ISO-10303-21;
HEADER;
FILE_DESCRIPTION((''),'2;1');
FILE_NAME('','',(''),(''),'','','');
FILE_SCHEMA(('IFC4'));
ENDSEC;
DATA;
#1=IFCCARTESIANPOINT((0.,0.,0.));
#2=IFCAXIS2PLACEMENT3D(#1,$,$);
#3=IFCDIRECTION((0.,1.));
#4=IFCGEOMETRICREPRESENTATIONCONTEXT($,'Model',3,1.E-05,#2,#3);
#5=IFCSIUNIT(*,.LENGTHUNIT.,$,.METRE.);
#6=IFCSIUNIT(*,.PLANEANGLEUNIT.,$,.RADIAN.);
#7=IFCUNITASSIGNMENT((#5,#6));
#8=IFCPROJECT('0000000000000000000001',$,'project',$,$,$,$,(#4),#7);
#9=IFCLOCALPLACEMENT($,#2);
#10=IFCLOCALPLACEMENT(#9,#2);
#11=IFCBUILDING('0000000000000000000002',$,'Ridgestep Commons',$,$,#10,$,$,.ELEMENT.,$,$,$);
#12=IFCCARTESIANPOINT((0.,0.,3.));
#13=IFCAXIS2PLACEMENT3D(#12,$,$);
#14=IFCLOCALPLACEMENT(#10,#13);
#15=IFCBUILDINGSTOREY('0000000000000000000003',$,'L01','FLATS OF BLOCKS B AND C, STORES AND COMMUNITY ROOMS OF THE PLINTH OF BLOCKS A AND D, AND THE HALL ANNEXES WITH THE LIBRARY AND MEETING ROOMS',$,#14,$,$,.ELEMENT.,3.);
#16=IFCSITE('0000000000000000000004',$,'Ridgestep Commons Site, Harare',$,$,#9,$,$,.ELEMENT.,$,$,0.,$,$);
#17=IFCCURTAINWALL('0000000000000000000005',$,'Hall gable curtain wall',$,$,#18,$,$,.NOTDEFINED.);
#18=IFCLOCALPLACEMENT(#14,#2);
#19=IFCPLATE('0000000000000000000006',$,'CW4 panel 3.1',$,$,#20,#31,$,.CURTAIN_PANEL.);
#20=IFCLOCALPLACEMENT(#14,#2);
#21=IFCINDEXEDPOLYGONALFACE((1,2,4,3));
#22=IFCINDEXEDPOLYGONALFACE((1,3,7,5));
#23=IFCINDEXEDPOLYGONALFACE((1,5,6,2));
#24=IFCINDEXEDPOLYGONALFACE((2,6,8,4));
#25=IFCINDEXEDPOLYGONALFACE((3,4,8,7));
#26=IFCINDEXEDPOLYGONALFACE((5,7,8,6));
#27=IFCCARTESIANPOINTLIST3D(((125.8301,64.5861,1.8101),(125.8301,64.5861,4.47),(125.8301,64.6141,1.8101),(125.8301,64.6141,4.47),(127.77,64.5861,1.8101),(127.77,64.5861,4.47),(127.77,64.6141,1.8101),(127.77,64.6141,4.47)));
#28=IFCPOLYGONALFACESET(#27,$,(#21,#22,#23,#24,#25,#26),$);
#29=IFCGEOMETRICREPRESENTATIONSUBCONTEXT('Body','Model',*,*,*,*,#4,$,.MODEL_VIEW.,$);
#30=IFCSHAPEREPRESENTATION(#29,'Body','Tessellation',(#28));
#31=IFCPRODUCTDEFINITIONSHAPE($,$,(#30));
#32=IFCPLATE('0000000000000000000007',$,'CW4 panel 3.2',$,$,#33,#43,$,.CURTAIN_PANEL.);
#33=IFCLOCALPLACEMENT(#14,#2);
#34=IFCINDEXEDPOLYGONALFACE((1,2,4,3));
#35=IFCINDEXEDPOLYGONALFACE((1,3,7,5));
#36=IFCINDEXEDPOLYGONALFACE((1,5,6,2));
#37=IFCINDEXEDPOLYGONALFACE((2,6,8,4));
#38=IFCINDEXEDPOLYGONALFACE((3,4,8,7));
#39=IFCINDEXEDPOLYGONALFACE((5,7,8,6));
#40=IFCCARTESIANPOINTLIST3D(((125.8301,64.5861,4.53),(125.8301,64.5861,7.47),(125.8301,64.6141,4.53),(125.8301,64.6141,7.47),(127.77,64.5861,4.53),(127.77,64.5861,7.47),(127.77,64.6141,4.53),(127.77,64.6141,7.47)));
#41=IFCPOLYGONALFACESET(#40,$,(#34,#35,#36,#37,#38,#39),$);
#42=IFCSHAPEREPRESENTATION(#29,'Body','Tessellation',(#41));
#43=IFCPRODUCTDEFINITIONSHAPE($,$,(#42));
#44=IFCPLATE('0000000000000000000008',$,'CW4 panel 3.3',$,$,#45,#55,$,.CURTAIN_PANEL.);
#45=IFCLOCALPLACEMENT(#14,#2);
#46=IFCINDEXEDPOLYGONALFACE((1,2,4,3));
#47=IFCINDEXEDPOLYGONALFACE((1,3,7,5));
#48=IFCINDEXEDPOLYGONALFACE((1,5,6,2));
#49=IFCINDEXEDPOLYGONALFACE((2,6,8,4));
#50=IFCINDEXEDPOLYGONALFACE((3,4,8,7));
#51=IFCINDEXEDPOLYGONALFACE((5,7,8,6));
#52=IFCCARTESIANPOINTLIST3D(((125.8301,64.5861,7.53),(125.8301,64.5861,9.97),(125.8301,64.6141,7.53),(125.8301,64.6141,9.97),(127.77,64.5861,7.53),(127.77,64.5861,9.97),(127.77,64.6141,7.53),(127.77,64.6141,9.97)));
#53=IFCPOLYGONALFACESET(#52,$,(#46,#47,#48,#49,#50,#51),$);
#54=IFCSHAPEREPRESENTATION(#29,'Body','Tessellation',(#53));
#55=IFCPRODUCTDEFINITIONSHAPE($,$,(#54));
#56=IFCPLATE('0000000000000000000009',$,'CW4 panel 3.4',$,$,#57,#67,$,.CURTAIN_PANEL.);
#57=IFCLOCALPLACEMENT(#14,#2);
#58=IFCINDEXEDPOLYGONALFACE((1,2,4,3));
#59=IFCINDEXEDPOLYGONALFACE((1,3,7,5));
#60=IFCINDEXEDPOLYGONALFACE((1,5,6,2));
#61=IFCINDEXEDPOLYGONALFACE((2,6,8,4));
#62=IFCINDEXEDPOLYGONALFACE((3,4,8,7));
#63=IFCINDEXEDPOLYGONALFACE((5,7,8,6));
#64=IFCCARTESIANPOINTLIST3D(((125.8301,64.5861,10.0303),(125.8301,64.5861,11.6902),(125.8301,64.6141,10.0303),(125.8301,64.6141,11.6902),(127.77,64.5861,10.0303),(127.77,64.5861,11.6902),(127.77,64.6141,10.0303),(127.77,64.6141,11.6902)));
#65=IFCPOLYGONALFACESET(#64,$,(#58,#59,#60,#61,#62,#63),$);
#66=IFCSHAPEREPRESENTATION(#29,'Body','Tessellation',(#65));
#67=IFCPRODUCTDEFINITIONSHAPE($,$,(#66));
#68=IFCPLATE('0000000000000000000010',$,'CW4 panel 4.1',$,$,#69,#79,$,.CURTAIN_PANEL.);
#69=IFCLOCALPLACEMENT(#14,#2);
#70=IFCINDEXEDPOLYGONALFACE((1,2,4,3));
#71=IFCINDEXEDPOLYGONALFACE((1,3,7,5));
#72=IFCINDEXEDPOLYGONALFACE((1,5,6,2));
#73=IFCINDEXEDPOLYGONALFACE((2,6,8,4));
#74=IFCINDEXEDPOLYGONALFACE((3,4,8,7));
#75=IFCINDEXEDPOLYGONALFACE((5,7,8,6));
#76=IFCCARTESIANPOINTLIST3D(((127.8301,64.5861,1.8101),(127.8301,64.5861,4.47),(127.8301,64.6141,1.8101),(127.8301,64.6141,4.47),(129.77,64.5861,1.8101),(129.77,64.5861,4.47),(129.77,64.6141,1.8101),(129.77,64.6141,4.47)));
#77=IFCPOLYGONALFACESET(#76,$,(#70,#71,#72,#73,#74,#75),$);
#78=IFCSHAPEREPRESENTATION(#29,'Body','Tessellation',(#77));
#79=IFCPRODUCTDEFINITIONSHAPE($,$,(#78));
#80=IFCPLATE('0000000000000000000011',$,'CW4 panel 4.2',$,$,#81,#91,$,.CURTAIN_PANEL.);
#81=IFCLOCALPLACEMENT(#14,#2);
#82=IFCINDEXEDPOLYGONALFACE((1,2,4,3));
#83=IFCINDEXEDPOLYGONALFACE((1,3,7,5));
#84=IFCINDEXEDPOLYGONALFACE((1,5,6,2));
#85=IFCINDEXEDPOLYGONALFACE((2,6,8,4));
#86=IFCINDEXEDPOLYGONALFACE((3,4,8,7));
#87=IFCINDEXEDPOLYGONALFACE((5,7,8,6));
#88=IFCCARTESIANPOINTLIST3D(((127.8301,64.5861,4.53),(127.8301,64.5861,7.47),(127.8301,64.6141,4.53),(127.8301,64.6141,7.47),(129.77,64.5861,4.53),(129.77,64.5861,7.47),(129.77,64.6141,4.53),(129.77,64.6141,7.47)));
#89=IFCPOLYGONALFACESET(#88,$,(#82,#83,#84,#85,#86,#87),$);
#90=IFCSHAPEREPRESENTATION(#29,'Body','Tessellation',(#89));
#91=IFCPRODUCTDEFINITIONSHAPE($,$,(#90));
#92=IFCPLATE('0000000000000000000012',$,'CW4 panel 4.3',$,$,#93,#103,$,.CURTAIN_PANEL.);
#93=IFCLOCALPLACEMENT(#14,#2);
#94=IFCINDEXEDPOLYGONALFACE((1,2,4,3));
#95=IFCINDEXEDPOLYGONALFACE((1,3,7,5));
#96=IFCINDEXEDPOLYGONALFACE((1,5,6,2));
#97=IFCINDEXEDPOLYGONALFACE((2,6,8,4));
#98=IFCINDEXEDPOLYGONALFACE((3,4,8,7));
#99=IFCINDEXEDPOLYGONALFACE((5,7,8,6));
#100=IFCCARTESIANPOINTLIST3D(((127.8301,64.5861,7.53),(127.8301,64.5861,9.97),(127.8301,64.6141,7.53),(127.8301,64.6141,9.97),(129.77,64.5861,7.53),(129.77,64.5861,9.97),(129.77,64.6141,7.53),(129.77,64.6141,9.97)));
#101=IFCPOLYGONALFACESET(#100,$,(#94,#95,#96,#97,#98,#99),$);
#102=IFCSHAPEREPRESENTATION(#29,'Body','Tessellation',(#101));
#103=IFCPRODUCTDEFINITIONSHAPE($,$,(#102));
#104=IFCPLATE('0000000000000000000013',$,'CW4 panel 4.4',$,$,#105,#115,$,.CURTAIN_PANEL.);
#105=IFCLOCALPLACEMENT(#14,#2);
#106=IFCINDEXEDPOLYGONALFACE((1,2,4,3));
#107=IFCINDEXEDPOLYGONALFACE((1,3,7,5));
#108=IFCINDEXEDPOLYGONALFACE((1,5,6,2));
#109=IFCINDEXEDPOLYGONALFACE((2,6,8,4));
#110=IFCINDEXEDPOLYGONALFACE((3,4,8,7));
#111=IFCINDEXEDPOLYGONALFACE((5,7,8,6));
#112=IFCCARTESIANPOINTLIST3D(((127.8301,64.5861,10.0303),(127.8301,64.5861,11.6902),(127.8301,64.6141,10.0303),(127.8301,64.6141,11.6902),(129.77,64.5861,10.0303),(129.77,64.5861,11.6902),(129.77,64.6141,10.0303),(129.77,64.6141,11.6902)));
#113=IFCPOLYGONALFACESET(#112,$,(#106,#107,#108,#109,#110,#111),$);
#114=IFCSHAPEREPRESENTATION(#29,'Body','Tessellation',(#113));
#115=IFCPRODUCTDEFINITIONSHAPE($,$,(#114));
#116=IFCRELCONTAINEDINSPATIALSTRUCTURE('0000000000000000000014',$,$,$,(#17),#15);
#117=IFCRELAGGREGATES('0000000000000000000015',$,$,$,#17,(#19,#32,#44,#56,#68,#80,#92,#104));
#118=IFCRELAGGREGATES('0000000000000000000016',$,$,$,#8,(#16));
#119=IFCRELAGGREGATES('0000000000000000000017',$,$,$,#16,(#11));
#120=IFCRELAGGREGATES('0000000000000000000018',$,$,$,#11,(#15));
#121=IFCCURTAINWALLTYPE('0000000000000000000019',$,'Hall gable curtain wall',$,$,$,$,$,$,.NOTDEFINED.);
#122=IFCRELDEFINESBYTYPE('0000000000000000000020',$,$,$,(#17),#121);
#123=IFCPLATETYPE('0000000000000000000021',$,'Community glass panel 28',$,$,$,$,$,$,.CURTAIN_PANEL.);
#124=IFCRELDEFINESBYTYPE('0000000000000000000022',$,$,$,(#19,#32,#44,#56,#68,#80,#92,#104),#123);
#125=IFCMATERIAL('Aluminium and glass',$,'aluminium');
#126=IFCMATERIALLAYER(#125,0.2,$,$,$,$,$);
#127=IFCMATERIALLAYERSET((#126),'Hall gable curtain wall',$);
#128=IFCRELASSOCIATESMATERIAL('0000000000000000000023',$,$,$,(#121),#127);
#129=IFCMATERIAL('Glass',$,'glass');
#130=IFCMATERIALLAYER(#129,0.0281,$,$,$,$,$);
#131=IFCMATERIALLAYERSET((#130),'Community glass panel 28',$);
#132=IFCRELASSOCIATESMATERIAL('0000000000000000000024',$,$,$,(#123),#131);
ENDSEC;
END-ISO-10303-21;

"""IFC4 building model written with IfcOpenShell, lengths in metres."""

from ifc_helpers import new_model, si_unit, direction, frame, origin, origin_2d, place, context, subcontext, project, spatial, rectangle, extrude, material, layer, layer_set, type_object, element, aggregate, save


model = new_model("IFC4")

# Units and contexts
model_context = context("Model", 3, precision=1e-05, world=origin(), true_north=direction((0.0, 1.0)))
body_context = subcontext(model_context, "Body", "Model", "MODEL_VIEW")
ifc_project = project(units=[si_unit("LENGTHUNIT", "METRE"), si_unit("PLANEANGLEUNIT", "RADIAN")], contexts=[model_context])

# Site, building, storey
site_placement = place(None, origin())
site = spatial("IfcSite", under=ifc_project, at=site_placement, Name="Ridgestep Commons Site, Harare", CompositionType="ELEMENT", RefElevation=0.0)
building_placement = place(site_placement, origin())
building = spatial("IfcBuilding", under=site, at=building_placement, Name="Ridgestep Commons", CompositionType="ELEMENT")
storey_placement = place(building_placement, frame((0.0, 0.0, 3.0)))
storey = spatial("IfcBuildingStorey", under=building, at=storey_placement, Name="L01", Description="FLATS OF BLOCKS B AND C, STORES AND COMMUNITY ROOMS OF THE PLINTH OF BLOCKS A AND D, AND THE HALL ANNEXES WITH THE LIBRARY AND MEETING ROOMS", CompositionType="ELEMENT", Elevation=3.0)

# Curtain wall, plates
ifc_material_1 = material(Name="Aluminium and glass", Category="aluminium")
ifc_layer_1 = layer(ifc_material_1, 0.2)
ifc_layer_set_1 = layer_set([ifc_layer_1], Name="Hall gable curtain wall")
curtain_wall_type = type_object("IfcCurtainWallType", Name="Hall gable curtain wall", PredefinedType="NOTDEFINED", material=ifc_layer_set_1)
curtain_wall_placement = place(storey_placement, origin())
curtain_wall = element("IfcCurtainWall", 1, at=curtain_wall_placement, inside=storey, type_object=curtain_wall_type, Name="Hall gable curtain wall", PredefinedType="NOTDEFINED")
ifc_material_2 = material(Name="Glass", Category="glass")
ifc_layer_2 = layer(ifc_material_2, 0.0281)
ifc_layer_set_2 = layer_set([ifc_layer_2], Name="Community glass panel 28")
plate_type = type_object("IfcPlateType", Name="Community glass panel 28", PredefinedType="CURTAIN_PANEL", material=ifc_layer_set_2)
plate_1_placement = place(storey_placement, frame((126.8, 64.6001, 1.8101), z_axis=(0.0, 0.0, 1.0), x_axis=(1.0, 0.0, 0.0)))
plate_1 = element("IfcPlate", 2, at=plate_1_placement, type_object=plate_type, Name="CW4 panel 3.1", PredefinedType="CURTAIN_PANEL", context=body_context, shape_type="SweptSolid", body=[
    extrude(rectangle(XDim=1.9399, YDim=0.0281, at=origin_2d()), origin(), (0.0, 0.0, 1.0), 2.6599),
])
plate_2_placement = place(storey_placement, frame((126.8, 64.6001, 4.53), z_axis=(0.0, 0.0, 1.0), x_axis=(1.0, 0.0, 0.0)))
plate_2 = element("IfcPlate", 3, at=plate_2_placement, type_object=plate_type, Name="CW4 panel 3.2", PredefinedType="CURTAIN_PANEL", context=body_context, shape_type="SweptSolid", body=[
    extrude(rectangle(XDim=1.9399, YDim=0.0281, at=origin_2d()), origin(), (0.0, 0.0, 1.0), 2.9399),
])
plate_3_placement = place(storey_placement, frame((126.8, 64.6001, 7.53), z_axis=(0.0, 0.0, 1.0), x_axis=(1.0, 0.0, 0.0)))
plate_3 = element("IfcPlate", 4, at=plate_3_placement, type_object=plate_type, Name="CW4 panel 3.3", PredefinedType="CURTAIN_PANEL", context=body_context, shape_type="SweptSolid", body=[
    extrude(rectangle(XDim=1.9399, YDim=0.0281, at=origin_2d()), origin(), (0.0, 0.0, 1.0), 2.4399),
])
plate_4_placement = place(storey_placement, frame((126.8, 64.6001, 10.0303), z_axis=(0.0, 0.0, 1.0), x_axis=(1.0, 0.0, 0.0)))
plate_4 = element("IfcPlate", 5, at=plate_4_placement, type_object=plate_type, Name="CW4 panel 3.4", PredefinedType="CURTAIN_PANEL", context=body_context, shape_type="SweptSolid", body=[
    extrude(rectangle(XDim=1.9399, YDim=0.0281, at=origin_2d()), origin(), (0.0, 0.0, 1.0), 1.6599),
])
plate_5_placement = place(storey_placement, frame((128.8, 64.6001, 1.8101), z_axis=(0.0, 0.0, 1.0), x_axis=(1.0, 0.0, 0.0)))
plate_5 = element("IfcPlate", 6, at=plate_5_placement, type_object=plate_type, Name="CW4 panel 4.1", PredefinedType="CURTAIN_PANEL", context=body_context, shape_type="SweptSolid", body=[
    extrude(rectangle(XDim=1.9399, YDim=0.0281, at=origin_2d()), origin(), (0.0, 0.0, 1.0), 2.6599),
])
plate_6_placement = place(storey_placement, frame((128.8, 64.6001, 4.53), z_axis=(0.0, 0.0, 1.0), x_axis=(1.0, 0.0, 0.0)))
plate_6 = element("IfcPlate", 7, at=plate_6_placement, type_object=plate_type, Name="CW4 panel 4.2", PredefinedType="CURTAIN_PANEL", context=body_context, shape_type="SweptSolid", body=[
    extrude(rectangle(XDim=1.9399, YDim=0.0281, at=origin_2d()), origin(), (0.0, 0.0, 1.0), 2.9399),
])
plate_7_placement = place(storey_placement, frame((128.8, 64.6001, 7.53), z_axis=(0.0, 0.0, 1.0), x_axis=(1.0, 0.0, 0.0)))
plate_7 = element("IfcPlate", 8, at=plate_7_placement, type_object=plate_type, Name="CW4 panel 4.3", PredefinedType="CURTAIN_PANEL", context=body_context, shape_type="SweptSolid", body=[
    extrude(rectangle(XDim=1.9399, YDim=0.0281, at=origin_2d()), origin(), (0.0, 0.0, 1.0), 2.4399),
])
plate_8_placement = place(storey_placement, frame((128.8, 64.6001, 10.0303), z_axis=(0.0, 0.0, 1.0), x_axis=(1.0, 0.0, 0.0)))
plate_8 = element("IfcPlate", 9, at=plate_8_placement, type_object=plate_type, Name="CW4 panel 4.4", PredefinedType="CURTAIN_PANEL", context=body_context, shape_type="SweptSolid", body=[
    extrude(rectangle(XDim=1.9399, YDim=0.0281, at=origin_2d()), origin(), (0.0, 0.0, 1.0), 1.6599),
])
aggregate(curtain_wall, [plate_1, plate_2, plate_3, plate_4, plate_5, plate_6, plate_7, plate_8])

save(model, "model.ifc")
